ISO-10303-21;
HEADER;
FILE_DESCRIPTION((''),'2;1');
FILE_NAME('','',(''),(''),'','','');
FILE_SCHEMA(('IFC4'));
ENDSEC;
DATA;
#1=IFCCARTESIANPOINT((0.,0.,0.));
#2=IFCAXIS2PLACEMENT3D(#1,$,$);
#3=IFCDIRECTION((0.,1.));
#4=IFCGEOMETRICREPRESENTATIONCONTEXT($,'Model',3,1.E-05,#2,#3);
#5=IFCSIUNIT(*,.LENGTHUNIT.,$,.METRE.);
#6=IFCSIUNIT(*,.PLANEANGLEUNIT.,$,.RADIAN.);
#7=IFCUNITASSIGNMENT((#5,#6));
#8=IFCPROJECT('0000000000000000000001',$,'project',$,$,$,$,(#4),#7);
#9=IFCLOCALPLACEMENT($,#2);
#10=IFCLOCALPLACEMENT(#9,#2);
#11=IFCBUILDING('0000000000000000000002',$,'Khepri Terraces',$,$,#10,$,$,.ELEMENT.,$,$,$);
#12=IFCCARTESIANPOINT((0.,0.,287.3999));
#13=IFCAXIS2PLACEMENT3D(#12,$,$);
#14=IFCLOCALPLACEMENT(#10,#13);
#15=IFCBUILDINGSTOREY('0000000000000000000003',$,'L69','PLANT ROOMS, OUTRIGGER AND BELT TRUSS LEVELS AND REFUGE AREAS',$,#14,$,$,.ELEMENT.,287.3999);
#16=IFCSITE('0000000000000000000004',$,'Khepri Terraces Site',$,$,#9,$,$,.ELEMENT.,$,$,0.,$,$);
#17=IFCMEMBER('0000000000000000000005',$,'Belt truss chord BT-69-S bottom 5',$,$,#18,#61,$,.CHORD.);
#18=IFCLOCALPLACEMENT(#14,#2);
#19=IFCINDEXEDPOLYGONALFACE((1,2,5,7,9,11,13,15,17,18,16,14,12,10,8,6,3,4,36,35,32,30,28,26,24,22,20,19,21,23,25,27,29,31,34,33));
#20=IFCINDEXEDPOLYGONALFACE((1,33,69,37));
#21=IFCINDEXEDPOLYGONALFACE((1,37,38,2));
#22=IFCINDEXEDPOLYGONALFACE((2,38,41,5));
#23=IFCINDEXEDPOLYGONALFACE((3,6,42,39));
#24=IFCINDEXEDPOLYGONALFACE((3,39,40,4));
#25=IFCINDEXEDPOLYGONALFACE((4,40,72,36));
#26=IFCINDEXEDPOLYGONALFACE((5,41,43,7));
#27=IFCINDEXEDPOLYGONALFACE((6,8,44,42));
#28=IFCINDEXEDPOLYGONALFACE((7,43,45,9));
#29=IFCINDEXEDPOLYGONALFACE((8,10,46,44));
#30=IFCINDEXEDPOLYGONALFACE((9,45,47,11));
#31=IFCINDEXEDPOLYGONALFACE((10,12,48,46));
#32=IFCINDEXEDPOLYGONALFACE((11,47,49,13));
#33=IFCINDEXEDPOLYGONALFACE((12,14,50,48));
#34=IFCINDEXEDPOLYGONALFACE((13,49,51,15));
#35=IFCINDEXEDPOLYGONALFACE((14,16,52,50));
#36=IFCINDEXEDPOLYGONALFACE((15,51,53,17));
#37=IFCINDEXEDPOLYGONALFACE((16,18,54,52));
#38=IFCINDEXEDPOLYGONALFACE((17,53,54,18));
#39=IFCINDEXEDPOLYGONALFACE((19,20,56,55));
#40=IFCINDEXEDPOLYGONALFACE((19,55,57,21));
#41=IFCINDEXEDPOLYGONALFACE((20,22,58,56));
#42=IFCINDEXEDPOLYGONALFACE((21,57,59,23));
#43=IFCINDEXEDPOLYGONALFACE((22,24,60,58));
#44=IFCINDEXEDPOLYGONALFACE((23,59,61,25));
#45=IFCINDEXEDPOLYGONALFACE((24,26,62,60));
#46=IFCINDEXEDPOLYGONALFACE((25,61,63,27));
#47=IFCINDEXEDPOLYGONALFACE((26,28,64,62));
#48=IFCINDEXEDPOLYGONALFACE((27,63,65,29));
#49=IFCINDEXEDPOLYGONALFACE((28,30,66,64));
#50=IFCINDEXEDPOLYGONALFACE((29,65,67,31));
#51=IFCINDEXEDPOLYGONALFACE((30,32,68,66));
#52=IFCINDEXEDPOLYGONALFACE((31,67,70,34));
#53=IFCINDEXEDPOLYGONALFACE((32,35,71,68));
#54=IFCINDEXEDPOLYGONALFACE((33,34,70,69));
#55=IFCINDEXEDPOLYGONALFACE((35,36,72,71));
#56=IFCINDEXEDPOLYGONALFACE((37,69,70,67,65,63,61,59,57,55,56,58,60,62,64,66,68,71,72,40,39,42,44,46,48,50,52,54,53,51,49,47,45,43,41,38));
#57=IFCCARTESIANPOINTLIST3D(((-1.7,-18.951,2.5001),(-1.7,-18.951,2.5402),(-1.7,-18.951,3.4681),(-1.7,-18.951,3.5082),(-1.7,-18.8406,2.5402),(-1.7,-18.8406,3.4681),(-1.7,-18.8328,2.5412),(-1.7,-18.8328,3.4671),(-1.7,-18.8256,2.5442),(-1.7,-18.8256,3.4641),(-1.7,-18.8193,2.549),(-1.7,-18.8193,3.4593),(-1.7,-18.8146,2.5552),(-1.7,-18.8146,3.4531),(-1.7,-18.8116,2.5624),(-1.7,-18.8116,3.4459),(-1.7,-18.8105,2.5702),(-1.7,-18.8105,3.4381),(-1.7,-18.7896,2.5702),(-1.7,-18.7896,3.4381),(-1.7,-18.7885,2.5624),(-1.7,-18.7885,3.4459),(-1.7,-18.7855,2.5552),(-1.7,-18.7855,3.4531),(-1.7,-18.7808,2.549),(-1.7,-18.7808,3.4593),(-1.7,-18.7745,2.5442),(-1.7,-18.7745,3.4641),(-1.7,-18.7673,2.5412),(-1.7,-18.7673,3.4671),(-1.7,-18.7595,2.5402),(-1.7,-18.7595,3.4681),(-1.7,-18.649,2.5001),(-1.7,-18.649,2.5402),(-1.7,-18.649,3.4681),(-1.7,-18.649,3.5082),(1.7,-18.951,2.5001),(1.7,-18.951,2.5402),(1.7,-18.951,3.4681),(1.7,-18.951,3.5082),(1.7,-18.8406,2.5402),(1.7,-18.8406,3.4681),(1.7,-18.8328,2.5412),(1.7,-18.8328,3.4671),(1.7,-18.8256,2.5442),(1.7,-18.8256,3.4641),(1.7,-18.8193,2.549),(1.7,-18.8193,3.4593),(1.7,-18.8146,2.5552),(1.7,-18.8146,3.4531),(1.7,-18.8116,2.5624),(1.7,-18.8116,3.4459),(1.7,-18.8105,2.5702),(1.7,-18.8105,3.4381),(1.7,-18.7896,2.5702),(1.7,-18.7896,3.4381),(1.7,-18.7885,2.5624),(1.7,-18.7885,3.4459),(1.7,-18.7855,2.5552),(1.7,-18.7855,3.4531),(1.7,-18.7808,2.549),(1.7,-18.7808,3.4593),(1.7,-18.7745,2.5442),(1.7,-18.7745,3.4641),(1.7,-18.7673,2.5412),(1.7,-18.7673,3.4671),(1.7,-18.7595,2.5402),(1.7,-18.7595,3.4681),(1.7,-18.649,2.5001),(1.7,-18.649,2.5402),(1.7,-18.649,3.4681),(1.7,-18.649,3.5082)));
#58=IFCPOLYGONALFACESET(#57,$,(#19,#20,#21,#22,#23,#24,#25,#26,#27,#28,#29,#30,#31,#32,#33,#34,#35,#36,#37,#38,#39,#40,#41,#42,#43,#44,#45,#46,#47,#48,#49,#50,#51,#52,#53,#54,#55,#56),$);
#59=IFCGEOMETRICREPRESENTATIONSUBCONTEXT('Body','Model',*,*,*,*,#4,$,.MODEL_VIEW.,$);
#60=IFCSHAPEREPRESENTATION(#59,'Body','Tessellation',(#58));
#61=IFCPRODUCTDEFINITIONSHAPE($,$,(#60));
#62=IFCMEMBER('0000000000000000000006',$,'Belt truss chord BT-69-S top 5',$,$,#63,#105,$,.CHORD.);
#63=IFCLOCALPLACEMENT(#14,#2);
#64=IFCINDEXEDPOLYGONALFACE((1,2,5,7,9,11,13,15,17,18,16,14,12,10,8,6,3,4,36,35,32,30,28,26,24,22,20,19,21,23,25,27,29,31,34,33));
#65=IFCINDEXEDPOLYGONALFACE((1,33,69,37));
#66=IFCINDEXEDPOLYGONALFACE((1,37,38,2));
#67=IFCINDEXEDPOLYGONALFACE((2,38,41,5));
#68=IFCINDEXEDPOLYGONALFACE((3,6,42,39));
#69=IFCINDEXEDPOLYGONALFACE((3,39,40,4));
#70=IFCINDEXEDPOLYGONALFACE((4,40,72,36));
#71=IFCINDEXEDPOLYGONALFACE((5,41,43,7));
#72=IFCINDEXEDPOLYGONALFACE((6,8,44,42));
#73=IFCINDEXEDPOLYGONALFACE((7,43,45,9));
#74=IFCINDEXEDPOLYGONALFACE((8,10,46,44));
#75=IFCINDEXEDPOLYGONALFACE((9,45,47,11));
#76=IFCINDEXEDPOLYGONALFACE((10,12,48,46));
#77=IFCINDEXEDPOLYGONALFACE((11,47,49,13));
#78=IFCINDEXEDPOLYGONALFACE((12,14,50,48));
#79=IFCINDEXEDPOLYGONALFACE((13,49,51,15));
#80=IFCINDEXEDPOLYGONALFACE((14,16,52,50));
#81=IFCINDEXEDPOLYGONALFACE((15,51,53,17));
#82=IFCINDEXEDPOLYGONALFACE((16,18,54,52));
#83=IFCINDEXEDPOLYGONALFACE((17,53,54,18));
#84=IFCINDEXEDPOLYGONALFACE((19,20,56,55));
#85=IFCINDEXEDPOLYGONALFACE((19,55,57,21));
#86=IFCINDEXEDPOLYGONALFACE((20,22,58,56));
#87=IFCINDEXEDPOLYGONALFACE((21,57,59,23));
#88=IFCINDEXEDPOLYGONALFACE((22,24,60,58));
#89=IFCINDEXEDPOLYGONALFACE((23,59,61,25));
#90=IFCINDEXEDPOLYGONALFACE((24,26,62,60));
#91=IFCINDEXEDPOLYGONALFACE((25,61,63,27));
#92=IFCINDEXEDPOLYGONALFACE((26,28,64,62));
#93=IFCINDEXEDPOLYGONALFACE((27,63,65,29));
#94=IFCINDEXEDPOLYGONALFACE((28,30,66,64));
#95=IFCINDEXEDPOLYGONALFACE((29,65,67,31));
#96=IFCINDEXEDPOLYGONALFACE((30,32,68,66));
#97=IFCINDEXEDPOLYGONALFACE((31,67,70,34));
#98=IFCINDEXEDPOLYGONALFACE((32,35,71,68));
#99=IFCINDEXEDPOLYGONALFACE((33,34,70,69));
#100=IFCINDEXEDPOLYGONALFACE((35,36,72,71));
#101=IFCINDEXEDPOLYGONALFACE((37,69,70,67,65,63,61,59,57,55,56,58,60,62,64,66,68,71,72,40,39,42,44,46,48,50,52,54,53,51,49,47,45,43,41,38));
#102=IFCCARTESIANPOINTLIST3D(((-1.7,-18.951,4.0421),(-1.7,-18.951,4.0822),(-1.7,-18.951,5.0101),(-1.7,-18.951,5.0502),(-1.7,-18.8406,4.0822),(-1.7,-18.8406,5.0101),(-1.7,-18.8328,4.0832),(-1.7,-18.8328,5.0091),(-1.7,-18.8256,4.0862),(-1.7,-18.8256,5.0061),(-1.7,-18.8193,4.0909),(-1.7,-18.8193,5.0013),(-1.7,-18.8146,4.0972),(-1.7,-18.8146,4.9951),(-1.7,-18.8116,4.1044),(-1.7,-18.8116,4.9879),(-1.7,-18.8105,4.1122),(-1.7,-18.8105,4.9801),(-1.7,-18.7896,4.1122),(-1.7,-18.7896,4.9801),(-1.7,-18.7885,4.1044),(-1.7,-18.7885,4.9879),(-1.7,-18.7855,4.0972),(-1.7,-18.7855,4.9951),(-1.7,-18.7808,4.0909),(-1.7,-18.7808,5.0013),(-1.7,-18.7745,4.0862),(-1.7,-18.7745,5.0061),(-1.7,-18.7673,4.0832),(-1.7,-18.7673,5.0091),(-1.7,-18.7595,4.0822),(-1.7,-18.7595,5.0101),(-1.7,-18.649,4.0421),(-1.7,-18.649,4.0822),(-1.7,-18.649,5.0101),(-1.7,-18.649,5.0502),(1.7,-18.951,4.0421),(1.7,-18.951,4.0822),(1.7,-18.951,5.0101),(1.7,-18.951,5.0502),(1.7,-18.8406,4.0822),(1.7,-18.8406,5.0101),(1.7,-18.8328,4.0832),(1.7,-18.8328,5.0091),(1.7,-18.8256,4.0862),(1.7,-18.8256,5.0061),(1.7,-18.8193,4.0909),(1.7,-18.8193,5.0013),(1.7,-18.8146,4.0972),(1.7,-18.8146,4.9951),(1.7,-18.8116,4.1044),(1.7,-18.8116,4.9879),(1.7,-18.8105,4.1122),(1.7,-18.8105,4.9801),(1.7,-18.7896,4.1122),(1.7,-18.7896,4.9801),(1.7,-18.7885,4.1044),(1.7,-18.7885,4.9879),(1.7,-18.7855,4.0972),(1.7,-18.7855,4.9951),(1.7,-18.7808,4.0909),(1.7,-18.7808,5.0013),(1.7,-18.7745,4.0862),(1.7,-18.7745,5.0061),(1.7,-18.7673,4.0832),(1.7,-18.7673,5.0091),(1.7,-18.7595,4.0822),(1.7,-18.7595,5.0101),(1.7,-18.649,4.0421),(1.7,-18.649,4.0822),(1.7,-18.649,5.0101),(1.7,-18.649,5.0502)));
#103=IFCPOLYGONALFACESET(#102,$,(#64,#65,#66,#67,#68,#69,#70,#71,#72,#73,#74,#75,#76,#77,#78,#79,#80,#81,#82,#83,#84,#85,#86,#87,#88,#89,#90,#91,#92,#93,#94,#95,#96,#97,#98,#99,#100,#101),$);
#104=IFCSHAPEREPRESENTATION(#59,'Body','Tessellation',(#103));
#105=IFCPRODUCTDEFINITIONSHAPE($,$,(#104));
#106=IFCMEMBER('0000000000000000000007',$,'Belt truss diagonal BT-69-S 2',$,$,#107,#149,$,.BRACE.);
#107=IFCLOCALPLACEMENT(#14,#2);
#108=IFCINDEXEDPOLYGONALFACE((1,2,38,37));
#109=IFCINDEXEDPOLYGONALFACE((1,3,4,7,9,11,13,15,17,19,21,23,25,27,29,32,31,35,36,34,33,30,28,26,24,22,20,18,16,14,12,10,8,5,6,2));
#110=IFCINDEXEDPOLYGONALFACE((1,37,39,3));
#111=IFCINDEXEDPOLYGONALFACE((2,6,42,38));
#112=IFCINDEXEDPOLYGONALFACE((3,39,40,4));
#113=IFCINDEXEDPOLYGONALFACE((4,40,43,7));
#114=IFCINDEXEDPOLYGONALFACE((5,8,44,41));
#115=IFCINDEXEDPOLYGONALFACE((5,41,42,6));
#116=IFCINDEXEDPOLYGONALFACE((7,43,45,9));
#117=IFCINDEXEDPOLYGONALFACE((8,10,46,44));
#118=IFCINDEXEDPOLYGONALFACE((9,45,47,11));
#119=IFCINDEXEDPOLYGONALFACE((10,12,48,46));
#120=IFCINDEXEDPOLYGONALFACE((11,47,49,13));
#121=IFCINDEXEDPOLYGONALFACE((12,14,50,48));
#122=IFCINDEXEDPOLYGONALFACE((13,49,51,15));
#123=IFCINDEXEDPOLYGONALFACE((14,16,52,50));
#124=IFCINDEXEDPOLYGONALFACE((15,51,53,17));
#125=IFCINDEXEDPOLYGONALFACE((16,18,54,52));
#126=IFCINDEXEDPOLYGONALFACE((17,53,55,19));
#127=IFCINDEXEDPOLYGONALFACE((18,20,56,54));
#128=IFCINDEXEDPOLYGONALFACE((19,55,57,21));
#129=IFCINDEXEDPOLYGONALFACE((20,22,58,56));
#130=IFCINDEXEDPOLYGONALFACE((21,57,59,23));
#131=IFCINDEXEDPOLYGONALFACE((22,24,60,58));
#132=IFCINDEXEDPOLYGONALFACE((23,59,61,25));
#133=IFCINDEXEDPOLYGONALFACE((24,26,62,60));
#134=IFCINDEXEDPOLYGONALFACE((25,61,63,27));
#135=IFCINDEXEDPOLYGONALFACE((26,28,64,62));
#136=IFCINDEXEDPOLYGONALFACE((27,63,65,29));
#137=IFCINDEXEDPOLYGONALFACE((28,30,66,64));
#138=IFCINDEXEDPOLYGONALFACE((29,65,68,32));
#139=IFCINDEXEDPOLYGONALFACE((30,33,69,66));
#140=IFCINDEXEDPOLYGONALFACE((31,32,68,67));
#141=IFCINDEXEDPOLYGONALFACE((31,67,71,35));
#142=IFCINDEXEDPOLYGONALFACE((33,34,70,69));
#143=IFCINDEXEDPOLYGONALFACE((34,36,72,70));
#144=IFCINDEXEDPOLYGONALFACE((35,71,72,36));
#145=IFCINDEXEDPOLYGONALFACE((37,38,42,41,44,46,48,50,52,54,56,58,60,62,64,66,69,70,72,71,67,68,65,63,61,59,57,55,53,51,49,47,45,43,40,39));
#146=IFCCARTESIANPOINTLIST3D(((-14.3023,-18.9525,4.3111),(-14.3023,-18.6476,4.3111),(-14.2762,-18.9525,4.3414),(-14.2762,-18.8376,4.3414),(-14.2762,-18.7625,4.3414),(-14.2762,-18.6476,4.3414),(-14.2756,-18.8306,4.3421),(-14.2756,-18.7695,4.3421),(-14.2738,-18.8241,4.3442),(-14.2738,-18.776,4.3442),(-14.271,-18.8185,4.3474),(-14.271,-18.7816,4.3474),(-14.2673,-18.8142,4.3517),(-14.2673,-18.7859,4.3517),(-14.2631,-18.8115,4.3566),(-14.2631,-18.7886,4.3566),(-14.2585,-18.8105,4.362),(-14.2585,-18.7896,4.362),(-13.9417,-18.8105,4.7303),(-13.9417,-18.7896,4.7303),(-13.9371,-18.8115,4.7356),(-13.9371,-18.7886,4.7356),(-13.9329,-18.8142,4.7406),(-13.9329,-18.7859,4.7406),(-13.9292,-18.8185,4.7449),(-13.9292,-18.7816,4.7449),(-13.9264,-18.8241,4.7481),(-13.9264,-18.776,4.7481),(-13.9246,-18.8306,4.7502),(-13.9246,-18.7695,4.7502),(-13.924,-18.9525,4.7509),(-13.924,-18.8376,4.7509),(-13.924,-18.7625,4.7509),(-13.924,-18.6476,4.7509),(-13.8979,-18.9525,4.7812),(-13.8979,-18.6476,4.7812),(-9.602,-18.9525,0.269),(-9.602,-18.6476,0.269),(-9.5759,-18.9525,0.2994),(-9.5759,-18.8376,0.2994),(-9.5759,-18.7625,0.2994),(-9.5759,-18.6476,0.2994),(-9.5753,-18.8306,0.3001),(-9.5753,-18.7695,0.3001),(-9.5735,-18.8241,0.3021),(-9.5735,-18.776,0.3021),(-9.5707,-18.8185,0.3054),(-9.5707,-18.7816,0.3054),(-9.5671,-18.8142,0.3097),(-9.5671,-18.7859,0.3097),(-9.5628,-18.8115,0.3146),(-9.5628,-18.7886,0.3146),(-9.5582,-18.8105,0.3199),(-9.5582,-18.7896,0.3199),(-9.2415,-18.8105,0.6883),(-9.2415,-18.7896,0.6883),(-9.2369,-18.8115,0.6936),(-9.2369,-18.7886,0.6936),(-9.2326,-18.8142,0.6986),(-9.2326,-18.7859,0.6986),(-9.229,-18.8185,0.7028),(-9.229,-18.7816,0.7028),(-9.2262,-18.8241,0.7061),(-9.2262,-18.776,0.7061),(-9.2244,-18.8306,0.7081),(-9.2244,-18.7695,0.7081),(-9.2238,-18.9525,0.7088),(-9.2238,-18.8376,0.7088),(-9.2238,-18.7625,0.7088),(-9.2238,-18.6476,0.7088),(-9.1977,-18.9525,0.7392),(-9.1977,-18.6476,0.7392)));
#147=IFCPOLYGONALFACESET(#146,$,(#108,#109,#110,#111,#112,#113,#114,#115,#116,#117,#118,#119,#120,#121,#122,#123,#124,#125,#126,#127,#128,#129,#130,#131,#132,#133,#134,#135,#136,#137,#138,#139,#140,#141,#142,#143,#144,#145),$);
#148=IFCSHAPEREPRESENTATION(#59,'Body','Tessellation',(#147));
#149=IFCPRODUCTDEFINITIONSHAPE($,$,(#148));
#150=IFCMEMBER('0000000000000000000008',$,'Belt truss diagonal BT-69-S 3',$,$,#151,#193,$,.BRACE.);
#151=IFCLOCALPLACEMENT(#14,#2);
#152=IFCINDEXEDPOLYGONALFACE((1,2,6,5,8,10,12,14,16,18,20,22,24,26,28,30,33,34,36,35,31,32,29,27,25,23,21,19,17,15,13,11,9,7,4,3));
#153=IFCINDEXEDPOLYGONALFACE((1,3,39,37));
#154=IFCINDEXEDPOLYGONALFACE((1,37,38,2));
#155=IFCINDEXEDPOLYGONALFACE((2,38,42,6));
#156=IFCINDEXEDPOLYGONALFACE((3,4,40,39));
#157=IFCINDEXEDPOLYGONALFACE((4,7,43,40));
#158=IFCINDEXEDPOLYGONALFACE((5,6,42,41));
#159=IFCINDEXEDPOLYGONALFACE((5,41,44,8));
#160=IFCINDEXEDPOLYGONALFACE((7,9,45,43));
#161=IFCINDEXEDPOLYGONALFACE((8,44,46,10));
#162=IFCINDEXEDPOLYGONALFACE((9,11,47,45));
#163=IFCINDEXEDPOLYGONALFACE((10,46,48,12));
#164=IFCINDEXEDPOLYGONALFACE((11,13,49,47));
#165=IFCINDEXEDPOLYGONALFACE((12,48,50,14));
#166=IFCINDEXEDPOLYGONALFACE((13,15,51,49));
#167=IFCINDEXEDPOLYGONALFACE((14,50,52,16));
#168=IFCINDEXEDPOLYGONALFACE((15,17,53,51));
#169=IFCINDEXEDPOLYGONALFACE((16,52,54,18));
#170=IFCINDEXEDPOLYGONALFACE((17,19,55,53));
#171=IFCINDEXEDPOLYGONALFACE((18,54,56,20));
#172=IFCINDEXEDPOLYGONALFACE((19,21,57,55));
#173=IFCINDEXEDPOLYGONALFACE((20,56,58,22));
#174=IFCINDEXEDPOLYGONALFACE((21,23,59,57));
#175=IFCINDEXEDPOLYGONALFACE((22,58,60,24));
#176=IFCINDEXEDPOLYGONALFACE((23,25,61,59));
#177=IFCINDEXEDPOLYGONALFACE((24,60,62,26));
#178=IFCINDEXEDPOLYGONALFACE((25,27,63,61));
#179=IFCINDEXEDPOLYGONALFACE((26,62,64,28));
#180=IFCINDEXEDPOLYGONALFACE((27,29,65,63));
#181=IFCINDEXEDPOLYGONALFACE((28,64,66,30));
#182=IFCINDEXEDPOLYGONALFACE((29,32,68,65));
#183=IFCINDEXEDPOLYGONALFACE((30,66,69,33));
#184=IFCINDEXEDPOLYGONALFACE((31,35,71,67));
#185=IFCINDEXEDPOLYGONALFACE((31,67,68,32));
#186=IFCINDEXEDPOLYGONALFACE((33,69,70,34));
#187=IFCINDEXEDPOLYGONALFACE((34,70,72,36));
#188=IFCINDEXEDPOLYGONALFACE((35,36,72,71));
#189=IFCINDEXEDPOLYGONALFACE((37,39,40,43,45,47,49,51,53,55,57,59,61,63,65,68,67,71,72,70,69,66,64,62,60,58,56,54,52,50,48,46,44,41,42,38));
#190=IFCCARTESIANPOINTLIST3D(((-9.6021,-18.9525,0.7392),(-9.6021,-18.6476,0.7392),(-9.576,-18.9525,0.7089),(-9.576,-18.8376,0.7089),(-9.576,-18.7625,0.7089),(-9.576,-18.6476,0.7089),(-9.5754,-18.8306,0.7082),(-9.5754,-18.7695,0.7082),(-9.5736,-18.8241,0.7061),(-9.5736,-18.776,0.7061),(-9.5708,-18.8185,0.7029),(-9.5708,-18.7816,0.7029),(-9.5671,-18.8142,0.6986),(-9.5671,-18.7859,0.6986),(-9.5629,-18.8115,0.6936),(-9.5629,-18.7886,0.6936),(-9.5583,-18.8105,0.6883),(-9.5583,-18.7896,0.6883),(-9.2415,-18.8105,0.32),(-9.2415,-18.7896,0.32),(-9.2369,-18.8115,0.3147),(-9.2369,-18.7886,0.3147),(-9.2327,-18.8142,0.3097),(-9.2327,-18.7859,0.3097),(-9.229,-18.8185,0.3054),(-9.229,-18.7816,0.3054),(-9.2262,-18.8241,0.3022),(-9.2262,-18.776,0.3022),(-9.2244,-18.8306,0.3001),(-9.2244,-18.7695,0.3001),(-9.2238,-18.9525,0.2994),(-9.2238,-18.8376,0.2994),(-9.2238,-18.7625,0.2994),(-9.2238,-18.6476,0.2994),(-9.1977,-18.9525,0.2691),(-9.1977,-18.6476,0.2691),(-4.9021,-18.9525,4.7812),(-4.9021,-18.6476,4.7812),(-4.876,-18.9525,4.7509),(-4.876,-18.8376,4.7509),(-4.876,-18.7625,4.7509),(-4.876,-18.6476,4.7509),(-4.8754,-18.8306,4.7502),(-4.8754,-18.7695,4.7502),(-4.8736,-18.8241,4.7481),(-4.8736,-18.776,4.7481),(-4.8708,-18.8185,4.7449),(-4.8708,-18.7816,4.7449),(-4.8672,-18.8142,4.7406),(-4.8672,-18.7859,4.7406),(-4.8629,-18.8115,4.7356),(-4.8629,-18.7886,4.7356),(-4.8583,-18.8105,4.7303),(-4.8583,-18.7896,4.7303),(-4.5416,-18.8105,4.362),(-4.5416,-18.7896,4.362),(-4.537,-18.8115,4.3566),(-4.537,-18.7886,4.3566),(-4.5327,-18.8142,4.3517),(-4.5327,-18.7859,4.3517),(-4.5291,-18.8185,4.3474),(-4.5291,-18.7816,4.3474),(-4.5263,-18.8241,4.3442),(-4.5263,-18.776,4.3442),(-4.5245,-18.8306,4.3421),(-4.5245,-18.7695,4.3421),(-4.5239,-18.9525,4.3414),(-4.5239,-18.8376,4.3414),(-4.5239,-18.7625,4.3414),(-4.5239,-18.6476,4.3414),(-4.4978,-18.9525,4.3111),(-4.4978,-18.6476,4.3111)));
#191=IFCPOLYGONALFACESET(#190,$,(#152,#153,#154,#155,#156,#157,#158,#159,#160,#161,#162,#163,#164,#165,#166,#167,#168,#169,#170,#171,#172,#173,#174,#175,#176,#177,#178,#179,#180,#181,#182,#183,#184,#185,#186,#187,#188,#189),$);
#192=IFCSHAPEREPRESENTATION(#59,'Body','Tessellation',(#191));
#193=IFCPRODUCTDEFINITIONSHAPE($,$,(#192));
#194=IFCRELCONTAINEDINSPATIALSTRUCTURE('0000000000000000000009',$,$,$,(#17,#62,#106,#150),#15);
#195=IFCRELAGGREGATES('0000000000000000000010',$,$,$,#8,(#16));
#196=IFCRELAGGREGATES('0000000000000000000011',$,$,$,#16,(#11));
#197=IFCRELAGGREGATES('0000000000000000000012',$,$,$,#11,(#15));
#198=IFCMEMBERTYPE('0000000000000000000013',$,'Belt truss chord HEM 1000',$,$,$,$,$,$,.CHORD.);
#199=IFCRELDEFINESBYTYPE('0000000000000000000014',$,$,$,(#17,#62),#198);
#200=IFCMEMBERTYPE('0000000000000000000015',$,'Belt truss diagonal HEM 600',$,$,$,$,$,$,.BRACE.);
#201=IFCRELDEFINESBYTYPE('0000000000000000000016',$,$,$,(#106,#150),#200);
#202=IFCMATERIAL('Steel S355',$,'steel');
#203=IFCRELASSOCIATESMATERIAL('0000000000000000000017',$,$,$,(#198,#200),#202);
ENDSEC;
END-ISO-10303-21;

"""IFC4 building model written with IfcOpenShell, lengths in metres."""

from ifc_helpers import new_model, si_unit, direction, frame, origin, origin_2d, place, context, subcontext, project, spatial, i_section, extrude, material, material_profile, profile_set, type_object, element, save


model = new_model("IFC4")

# Units and contexts
model_context = context("Model", 3, precision=1e-05, world=origin(), true_north=direction((0.0, 1.0)))
body_context = subcontext(model_context, "Body", "Model", "MODEL_VIEW")
ifc_project = project(units=[si_unit("LENGTHUNIT", "METRE"), si_unit("PLANEANGLEUNIT", "RADIAN")], contexts=[model_context])

# Site, building, storey
site_placement = place(None, origin())
site = spatial("IfcSite", under=ifc_project, at=site_placement, Name="Khepri Terraces Site", CompositionType="ELEMENT", RefElevation=0.0)
building_placement = place(site_placement, origin())
building = spatial("IfcBuilding", under=site, at=building_placement, Name="Khepri Terraces", CompositionType="ELEMENT")
storey_placement = place(building_placement, frame((0.0, 0.0, 287.3999)))
storey = spatial("IfcBuildingStorey", under=building, at=storey_placement, Name="L69", Description="PLANT ROOMS, OUTRIGGER AND BELT TRUSS LEVELS AND REFUGE AREAS", CompositionType="ELEMENT", Elevation=287.3999)

# Members
ifc_material_1 = material(Name="Steel S355", Category="steel")
ifc_material_profile_1 = material_profile(ifc_material_1, i_section(OverallWidth=0.302, OverallDepth=1.0081, WebThickness=0.021, FlangeThickness=0.04, FilletRadius=0.03, at=origin_2d()), Name="Steel S355", Category="steel")
ifc_profile_set_1 = profile_set([ifc_material_profile_1], Name="Steel S355")
member_type_1 = type_object("IfcMemberType", Name="Belt truss chord HEM 1000", PredefinedType="CHORD", material=ifc_profile_set_1)
for number, where, z_axis, x_axis, name in (
    (1, (-1.7, -18.8, 3.0042), (1.0, 0.0, 0.0), (0.0, 1.0, 0.0), "Belt truss chord BT-69-S bottom 5"),
    (2, (-1.7, -18.8, 4.5461), (1.0, 0.0, 0.0), (0.0, 1.0, 0.0), "Belt truss chord BT-69-S top 5"),
):
    element("IfcMember", number, at=place(storey_placement, frame(where, z_axis=z_axis, x_axis=x_axis)), inside=storey, type_object=member_type_1, Name=name, PredefinedType="CHORD", context=body_context, shape_type="SweptSolid", body=[
        extrude(i_section(OverallWidth=0.302, OverallDepth=1.0081, WebThickness=0.021, FlangeThickness=0.04, FilletRadius=0.03, at=origin_2d()), origin(), (0.0, 0.0, 1.0), 3.3999),
    ])
ifc_material_profile_2 = material_profile(ifc_material_1, i_section(OverallWidth=0.3049, OverallDepth=0.6201, WebThickness=0.021, FlangeThickness=0.04, FilletRadius=0.0271, at=origin_2d()), Name="Steel S355", Category="steel")
ifc_profile_set_2 = profile_set([ifc_material_profile_2], Name="Steel S355")
member_type_2 = type_object("IfcMemberType", Name="Belt truss diagonal HEM 600", PredefinedType="BRACE", material=ifc_profile_set_2)
member_1_placement = place(storey_placement, frame((-14.1001, -18.8, 4.5461), z_axis=(0.758199, 0.0, -0.652023), x_axis=(0.0, 1.0, 0.0)))
element("IfcMember", 3, at=member_1_placement, inside=storey, type_object=member_type_2, Name="Belt truss diagonal BT-69-S 2", PredefinedType="BRACE", context=body_context, shape_type="SweptSolid", body=[
    extrude(i_section(OverallWidth=0.3049, OverallDepth=0.6201, WebThickness=0.021, FlangeThickness=0.04, FilletRadius=0.0271, at=origin_2d()), origin(), (0.0, 0.0, 1.0), 6.1992),
])
member_2_placement = place(storey_placement, frame((-9.3999, -18.8, 0.5042), z_axis=(0.758182, 0.0, 0.652042), x_axis=(0.0, 1.0, 0.0)))
element("IfcMember", 4, at=member_2_placement, inside=storey, type_object=member_type_2, Name="Belt truss diagonal BT-69-S 3", PredefinedType="BRACE", context=body_context, shape_type="SweptSolid", body=[
    extrude(i_section(OverallWidth=0.3049, OverallDepth=0.6201, WebThickness=0.021, FlangeThickness=0.04, FilletRadius=0.0271, at=origin_2d()), origin(), (0.0, 0.0, 1.0), 6.199),
])

save(model, "model.ifc")
